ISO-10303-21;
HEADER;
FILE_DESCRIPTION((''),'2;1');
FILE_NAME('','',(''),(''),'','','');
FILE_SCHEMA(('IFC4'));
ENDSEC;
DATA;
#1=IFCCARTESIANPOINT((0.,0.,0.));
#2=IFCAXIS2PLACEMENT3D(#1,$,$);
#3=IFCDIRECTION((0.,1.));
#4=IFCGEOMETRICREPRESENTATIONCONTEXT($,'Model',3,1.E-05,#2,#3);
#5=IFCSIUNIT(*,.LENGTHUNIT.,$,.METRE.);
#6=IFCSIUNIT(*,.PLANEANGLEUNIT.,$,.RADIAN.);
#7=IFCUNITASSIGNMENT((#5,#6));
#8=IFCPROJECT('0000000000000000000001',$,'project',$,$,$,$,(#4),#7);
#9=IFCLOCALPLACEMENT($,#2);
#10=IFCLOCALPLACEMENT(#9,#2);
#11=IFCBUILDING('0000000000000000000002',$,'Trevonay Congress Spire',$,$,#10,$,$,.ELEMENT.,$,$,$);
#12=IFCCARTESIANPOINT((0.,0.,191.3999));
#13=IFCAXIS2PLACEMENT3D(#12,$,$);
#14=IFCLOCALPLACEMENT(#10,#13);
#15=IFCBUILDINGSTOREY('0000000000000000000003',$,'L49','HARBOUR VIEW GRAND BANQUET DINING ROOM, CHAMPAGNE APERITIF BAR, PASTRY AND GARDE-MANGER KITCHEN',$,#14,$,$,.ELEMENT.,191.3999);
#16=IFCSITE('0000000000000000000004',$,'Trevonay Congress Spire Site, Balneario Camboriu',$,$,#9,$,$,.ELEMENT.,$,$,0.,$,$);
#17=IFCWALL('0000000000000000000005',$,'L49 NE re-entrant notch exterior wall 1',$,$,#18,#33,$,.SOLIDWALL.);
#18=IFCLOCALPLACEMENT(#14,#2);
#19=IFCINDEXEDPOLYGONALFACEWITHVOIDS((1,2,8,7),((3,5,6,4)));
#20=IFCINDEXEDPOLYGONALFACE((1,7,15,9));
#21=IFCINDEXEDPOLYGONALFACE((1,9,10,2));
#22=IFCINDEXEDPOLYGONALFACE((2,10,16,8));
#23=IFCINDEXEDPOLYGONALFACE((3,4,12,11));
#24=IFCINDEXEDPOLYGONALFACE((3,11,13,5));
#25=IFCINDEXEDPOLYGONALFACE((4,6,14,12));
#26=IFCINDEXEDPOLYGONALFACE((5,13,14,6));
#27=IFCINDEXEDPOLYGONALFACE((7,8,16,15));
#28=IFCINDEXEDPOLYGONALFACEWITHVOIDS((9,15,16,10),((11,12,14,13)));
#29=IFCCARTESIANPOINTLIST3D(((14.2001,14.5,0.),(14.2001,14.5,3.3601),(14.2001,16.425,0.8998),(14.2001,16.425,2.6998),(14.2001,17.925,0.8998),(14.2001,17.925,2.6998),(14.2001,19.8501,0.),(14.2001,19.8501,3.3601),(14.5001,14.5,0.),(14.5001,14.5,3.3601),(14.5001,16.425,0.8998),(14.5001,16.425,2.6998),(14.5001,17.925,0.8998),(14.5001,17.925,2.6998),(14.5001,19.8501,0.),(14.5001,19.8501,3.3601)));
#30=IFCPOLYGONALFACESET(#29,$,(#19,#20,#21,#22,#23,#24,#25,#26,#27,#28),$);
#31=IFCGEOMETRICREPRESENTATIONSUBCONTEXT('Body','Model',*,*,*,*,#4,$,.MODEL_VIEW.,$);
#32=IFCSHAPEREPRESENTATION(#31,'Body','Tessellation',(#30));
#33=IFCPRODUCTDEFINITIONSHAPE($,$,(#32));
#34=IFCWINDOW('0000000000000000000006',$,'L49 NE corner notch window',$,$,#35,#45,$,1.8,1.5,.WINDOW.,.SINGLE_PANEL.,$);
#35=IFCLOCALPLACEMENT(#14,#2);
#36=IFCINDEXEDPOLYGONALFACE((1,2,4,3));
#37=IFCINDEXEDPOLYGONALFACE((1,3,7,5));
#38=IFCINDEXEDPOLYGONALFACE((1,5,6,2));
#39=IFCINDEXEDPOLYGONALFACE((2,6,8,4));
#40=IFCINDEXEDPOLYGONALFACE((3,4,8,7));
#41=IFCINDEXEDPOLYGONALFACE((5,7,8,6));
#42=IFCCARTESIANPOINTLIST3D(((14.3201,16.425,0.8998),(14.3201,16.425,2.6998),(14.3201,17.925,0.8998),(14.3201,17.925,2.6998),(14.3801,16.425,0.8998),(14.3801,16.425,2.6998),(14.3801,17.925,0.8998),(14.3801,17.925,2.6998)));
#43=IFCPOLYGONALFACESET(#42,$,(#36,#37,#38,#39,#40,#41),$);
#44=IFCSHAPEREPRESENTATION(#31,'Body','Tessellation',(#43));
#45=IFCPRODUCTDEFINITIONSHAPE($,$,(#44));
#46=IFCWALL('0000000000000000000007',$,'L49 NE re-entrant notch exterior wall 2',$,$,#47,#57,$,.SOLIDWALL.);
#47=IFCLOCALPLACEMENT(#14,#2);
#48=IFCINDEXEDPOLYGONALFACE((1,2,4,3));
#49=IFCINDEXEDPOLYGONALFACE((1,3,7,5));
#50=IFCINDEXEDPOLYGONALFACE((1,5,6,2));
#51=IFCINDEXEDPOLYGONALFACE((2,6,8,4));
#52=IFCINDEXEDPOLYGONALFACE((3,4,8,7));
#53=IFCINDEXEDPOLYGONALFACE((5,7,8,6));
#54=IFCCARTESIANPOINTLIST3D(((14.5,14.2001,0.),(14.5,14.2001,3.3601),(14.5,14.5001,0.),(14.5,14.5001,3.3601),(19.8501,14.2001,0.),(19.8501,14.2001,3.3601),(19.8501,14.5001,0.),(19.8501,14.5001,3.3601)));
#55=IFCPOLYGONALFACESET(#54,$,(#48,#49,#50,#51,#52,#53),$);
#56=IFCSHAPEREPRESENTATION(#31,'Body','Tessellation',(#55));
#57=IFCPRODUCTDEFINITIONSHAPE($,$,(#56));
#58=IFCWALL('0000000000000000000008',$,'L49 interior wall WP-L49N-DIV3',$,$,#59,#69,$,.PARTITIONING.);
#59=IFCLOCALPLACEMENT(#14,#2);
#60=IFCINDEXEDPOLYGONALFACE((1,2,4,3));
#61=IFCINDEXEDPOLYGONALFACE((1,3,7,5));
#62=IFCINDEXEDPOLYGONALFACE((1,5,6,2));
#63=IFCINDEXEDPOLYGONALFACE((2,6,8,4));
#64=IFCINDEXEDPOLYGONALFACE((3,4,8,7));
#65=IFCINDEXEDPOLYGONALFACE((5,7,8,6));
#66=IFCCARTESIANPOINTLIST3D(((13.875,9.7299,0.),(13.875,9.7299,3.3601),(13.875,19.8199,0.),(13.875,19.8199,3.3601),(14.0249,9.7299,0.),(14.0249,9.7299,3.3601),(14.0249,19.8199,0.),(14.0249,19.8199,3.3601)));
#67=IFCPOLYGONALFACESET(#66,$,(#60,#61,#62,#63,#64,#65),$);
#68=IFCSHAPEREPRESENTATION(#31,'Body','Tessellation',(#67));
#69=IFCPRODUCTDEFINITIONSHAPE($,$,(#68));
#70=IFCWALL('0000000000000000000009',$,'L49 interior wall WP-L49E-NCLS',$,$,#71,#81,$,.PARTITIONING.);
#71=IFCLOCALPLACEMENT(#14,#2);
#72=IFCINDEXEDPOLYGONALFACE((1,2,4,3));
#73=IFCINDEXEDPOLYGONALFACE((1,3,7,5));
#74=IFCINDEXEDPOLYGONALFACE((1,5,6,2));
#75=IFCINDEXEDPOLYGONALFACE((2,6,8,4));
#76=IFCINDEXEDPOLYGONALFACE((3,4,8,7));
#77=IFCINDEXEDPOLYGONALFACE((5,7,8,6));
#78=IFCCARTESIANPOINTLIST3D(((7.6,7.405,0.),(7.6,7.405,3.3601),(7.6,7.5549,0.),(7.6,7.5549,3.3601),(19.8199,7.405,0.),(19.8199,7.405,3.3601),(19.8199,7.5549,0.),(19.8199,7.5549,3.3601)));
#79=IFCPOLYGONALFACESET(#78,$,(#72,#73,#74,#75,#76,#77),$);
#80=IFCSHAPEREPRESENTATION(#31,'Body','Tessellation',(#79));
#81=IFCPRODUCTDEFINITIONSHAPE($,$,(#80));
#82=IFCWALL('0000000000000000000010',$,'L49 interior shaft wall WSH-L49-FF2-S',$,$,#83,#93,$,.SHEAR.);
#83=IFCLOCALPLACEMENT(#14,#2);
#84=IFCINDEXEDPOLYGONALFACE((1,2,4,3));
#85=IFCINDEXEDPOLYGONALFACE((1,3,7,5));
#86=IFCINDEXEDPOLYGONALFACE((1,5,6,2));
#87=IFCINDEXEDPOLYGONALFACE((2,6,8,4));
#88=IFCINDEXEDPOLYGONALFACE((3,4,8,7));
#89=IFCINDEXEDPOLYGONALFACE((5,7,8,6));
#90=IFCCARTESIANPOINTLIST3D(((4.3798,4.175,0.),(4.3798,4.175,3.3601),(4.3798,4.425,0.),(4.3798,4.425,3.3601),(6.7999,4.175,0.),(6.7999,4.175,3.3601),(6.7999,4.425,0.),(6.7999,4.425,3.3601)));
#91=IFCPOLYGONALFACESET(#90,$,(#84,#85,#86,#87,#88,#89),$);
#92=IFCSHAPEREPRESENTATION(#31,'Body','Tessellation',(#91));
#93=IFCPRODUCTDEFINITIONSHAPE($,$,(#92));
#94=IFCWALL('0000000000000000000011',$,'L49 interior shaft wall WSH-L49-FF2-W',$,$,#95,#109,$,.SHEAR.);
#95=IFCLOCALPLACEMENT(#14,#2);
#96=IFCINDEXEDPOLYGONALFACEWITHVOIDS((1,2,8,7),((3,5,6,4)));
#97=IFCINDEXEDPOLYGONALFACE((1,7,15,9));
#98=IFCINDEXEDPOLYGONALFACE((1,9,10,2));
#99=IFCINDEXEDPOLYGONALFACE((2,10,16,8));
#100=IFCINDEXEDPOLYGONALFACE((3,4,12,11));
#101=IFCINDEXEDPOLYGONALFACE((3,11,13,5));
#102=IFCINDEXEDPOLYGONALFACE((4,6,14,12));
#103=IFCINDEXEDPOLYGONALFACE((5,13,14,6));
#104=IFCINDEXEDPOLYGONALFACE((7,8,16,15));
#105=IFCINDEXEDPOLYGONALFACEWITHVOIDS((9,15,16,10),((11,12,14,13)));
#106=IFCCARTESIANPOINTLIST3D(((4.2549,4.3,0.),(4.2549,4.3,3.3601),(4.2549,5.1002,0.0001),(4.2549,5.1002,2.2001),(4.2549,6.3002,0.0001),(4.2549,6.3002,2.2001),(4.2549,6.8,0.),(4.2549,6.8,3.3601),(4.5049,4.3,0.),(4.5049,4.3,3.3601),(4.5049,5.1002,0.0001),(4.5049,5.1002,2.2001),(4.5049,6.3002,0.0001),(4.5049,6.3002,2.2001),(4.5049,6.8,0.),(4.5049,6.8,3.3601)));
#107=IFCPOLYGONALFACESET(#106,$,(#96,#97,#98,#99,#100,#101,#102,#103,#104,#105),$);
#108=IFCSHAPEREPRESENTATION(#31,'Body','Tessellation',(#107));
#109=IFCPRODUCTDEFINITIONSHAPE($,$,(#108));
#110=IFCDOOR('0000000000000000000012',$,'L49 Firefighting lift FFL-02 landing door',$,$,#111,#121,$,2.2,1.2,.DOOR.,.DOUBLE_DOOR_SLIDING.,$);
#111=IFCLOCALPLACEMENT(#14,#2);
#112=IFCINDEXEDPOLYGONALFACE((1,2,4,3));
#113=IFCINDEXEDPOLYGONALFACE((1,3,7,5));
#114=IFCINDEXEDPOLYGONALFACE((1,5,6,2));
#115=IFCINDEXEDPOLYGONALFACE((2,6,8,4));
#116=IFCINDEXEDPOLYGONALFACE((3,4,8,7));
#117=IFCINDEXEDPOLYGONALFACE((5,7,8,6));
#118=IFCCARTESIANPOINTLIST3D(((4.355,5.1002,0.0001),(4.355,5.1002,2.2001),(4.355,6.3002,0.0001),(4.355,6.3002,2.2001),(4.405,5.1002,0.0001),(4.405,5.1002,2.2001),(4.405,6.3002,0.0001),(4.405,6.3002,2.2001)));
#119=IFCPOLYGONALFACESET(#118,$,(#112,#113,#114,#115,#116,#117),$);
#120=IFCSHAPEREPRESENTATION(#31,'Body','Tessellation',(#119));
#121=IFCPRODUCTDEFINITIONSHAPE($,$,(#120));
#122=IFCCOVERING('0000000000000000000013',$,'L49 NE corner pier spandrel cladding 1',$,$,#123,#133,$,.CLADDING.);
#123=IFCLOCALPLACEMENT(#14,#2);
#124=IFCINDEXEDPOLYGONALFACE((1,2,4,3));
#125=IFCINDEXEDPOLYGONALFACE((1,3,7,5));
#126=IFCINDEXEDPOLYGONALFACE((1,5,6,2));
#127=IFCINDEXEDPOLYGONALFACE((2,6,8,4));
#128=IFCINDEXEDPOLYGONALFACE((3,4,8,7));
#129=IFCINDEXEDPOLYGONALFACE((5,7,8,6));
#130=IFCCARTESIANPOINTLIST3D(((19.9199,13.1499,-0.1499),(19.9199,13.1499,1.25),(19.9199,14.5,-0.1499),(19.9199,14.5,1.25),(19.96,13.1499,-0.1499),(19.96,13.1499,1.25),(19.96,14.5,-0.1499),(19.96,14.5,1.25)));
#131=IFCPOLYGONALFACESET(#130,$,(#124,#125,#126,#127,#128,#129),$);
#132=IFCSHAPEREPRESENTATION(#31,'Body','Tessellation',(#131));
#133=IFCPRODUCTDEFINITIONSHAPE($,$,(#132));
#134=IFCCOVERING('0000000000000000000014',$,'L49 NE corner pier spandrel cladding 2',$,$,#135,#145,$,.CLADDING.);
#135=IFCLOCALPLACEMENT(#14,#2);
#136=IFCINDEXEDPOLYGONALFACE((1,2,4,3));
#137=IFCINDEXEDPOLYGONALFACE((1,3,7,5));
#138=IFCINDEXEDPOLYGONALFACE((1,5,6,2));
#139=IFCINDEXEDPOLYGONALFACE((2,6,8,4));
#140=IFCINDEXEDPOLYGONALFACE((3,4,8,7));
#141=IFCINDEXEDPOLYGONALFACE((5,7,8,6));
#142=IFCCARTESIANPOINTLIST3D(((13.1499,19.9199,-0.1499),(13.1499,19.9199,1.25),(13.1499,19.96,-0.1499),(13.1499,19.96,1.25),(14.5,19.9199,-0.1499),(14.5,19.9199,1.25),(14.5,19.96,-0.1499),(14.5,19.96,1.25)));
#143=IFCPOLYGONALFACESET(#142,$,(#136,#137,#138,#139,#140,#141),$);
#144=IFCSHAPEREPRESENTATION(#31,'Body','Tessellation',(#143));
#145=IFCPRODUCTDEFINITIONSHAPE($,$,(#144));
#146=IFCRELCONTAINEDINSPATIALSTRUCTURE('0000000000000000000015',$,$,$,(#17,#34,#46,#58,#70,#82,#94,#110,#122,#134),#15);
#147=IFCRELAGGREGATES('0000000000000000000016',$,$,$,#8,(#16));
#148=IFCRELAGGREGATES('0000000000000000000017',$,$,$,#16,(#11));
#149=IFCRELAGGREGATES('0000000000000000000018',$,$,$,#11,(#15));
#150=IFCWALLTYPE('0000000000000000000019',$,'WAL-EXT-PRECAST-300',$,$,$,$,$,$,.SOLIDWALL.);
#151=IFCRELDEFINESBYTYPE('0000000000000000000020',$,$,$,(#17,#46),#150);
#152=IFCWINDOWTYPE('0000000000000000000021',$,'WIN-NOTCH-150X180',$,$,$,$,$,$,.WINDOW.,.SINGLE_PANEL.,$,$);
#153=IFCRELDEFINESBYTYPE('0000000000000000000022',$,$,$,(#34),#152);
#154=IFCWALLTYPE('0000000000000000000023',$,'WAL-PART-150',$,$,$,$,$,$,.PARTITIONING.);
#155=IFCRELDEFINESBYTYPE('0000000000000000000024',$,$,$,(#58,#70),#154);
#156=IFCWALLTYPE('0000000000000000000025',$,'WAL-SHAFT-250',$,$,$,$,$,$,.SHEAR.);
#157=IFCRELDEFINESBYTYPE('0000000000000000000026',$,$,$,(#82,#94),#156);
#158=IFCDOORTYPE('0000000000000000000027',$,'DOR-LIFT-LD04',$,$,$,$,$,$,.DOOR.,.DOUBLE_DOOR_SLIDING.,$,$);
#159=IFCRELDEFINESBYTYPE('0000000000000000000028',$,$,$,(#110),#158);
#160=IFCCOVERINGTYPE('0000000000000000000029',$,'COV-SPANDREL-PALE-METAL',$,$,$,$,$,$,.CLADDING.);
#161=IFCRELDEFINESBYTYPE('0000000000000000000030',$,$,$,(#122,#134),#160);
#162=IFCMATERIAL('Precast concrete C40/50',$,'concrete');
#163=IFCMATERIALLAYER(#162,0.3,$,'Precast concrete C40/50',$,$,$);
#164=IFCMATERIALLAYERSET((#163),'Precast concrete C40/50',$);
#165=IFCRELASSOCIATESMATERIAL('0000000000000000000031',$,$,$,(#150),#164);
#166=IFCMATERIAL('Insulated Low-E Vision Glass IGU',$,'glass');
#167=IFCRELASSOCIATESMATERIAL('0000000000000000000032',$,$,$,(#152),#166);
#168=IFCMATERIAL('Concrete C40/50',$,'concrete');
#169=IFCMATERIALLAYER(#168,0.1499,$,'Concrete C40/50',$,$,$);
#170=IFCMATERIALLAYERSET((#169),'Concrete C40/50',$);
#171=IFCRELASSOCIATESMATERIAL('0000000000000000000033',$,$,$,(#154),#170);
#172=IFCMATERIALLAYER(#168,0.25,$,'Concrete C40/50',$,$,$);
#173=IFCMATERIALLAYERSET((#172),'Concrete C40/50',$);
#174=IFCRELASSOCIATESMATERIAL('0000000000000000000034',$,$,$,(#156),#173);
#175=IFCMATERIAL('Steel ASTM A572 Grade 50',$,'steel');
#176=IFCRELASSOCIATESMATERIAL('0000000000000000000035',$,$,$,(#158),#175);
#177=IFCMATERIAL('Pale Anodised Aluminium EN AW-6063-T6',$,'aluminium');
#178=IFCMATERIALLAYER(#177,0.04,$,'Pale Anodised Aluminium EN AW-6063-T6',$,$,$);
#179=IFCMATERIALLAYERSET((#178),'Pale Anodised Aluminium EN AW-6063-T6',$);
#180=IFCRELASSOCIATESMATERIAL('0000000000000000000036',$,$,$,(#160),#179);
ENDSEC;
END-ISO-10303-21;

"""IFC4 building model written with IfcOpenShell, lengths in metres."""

from ifc_helpers import new_model, si_unit, direction, frame, frame_2d, origin, place, context, subcontext, project, spatial, rectangle, extrude, material, layer, layer_set, type_object, element, fill, save


model = new_model("IFC4")

# Units and contexts
model_context = context("Model", 3, precision=1e-05, world=origin(), true_north=direction((0.0, 1.0)))
body_context = subcontext(model_context, "Body", "Model", "MODEL_VIEW")
ifc_project = project(units=[si_unit("LENGTHUNIT", "METRE"), si_unit("PLANEANGLEUNIT", "RADIAN")], contexts=[model_context])

# Site, building, storey
site_placement = place(None, origin())
site = spatial("IfcSite", under=ifc_project, at=site_placement, Name="Trevonay Congress Spire Site, Balneario Camboriu", CompositionType="ELEMENT", RefElevation=0.0)
building_placement = place(site_placement, origin())
building = spatial("IfcBuilding", under=site, at=building_placement, Name="Trevonay Congress Spire", CompositionType="ELEMENT")
storey_placement = place(building_placement, frame((0.0, 0.0, 191.3999)))
storey = spatial("IfcBuildingStorey", under=building, at=storey_placement, Name="L49", Description="HARBOUR VIEW GRAND BANQUET DINING ROOM, CHAMPAGNE APERITIF BAR, PASTRY AND GARDE-MANGER KITCHEN", CompositionType="ELEMENT", Elevation=191.3999)

# Shared definitions
ifc_material_1 = material(Name="Steel ASTM A572 Grade 50", Category="steel")

# Shared definitions
ifc_material_2 = material(Name="Pale Anodised Aluminium EN AW-6063-T6", Category="aluminium")

# Shared definitions
ifc_material_3 = material(Name="Insulated Low-E Vision Glass IGU", Category="glass")

# Shared definitions
ifc_material_4 = material(Name="Precast concrete C40/50", Category="concrete")
ifc_layer_1 = layer(ifc_material_4, 0.3, Name="Precast concrete C40/50")
ifc_layer_set_1 = layer_set([ifc_layer_1], Name="Precast concrete C40/50")
wall_type_1 = type_object("IfcWallType", Name="WAL-EXT-PRECAST-300", PredefinedType="SOLIDWALL", material=ifc_layer_set_1)

# Wall, opening, window
wall_1_placement = place(storey_placement, frame((14.3501, 19.8501, 0.0), z_axis=(0.0, 0.0, 1.0), x_axis=(0.0, -1.0, 0.0)))
wall_1 = element("IfcWall", 1, at=wall_1_placement, inside=storey, type_object=wall_type_1, Name="L49 NE re-entrant notch exterior wall 1", PredefinedType="SOLIDWALL", context=body_context, shape_type="SweptSolid", body=[
    extrude(rectangle(XDim=5.3501, YDim=0.3, at=frame_2d((2.675, 0.0))), origin(), (0.0, 0.0, 1.0), 3.3601),
])
opening_1_placement = place(wall_1_placement, frame((1.925, 0.0, 0.8999)))
opening_1 = element("IfcOpeningElement", 2, at=opening_1_placement, cuts=wall_1, PredefinedType="OPENING", context=body_context, shape_type="SweptSolid", body=[
    extrude(rectangle(XDim=1.5, YDim=1.8, at=frame_2d((0.75, 0.8999))), frame((0.0, 0.1602, 0.0), z_axis=(0.0, -1.0, 0.0), x_axis=(1.0, 0.0, 0.0)), (0.0, 0.0, 1.0), 0.3201),
])
window_type = type_object("IfcWindowType", Name="WIN-NOTCH-150X180", PartitioningType="SINGLE_PANEL", PredefinedType="WINDOW", material=ifc_material_3)
window_placement = place(opening_1_placement, origin())
window = element("IfcWindow", 3, at=window_placement, inside=storey, type_object=window_type, Name="L49 NE corner notch window", OverallHeight=1.8, OverallWidth=1.5, PartitioningType="SINGLE_PANEL", PredefinedType="WINDOW", context=body_context, shape_type="SweptSolid", body=[
    extrude(rectangle(XDim=1.5, YDim=1.8, at=frame_2d((0.75, 0.8999))), frame((0.0, 0.03, 0.0), z_axis=(0.0, -1.0, 0.0), x_axis=(1.0, 0.0, 0.0)), (0.0, 0.0, 1.0), 0.0601),
])
fill(opening_1, window)

# Walls
wall_2_placement = place(storey_placement, frame((19.8501, 14.3501, 0.0), z_axis=(0.0, 0.0, 1.0), x_axis=(-1.0, 0.0, 0.0)))
element("IfcWall", 4, at=wall_2_placement, inside=storey, type_object=wall_type_1, Name="L49 NE re-entrant notch exterior wall 2", PredefinedType="SOLIDWALL", context=body_context, shape_type="SweptSolid", body=[
    extrude(rectangle(XDim=5.3501, YDim=0.3, at=frame_2d((2.675, 0.0))), origin(), (0.0, 0.0, 1.0), 3.3601),
])
ifc_material_5 = material(Name="Concrete C40/50", Category="concrete")
ifc_layer_2 = layer(ifc_material_5, 0.1499, Name="Concrete C40/50")
ifc_layer_set_2 = layer_set([ifc_layer_2], Name="Concrete C40/50")
wall_type_2 = type_object("IfcWallType", Name="WAL-PART-150", PredefinedType="PARTITIONING", material=ifc_layer_set_2)
wall_3_placement = place(storey_placement, frame((13.95, 9.73, 0.0), z_axis=(0.0, 0.0, 1.0), x_axis=(0.0, 1.0, 0.0)))
element("IfcWall", 5, at=wall_3_placement, inside=storey, type_object=wall_type_2, Name="L49 interior wall WP-L49N-DIV3", PredefinedType="PARTITIONING", context=body_context, shape_type="SweptSolid", body=[
    extrude(rectangle(XDim=10.0901, YDim=0.1499, at=frame_2d((5.0449, 0.0))), origin(), (0.0, 0.0, 1.0), 3.3601),
])
wall_4_placement = place(storey_placement, frame((7.6001, 7.48, 0.0), z_axis=(0.0, 0.0, 1.0), x_axis=(1.0, 0.0, 0.0)))
element("IfcWall", 6, at=wall_4_placement, inside=storey, type_object=wall_type_2, Name="L49 interior wall WP-L49E-NCLS", PredefinedType="PARTITIONING", context=body_context, shape_type="SweptSolid", body=[
    extrude(rectangle(XDim=12.22, YDim=0.1499, at=frame_2d((6.1099, 0.0))), origin(), (0.0, 0.0, 1.0), 3.3601),
])
ifc_layer_3 = layer(ifc_material_5, 0.25, Name="Concrete C40/50")
ifc_layer_set_3 = layer_set([ifc_layer_3], Name="Concrete C40/50")
wall_type_3 = type_object("IfcWallType", Name="WAL-SHAFT-250", PredefinedType="SHEAR", material=ifc_layer_set_3)
wall_5_placement = place(storey_placement, frame((4.3799, 4.3, 0.0), z_axis=(0.0, 0.0, 1.0), x_axis=(1.0, 0.0, 0.0)))
element("IfcWall", 7, at=wall_5_placement, inside=storey, type_object=wall_type_3, Name="L49 interior shaft wall WSH-L49-FF2-S", PredefinedType="SHEAR", context=body_context, shape_type="SweptSolid", body=[
    extrude(rectangle(XDim=2.4202, YDim=0.25, at=frame_2d((1.21, 0.0))), origin(), (0.0, 0.0, 1.0), 3.3601),
])

# Wall, opening, door
wall_6_placement = place(storey_placement, frame((4.3799, 4.3, 0.0), z_axis=(0.0, 0.0, 1.0), x_axis=(0.0, 1.0, 0.0)))
wall_6 = element("IfcWall", 8, at=wall_6_placement, inside=storey, type_object=wall_type_3, Name="L49 interior shaft wall WSH-L49-FF2-W", PredefinedType="SHEAR", context=body_context, shape_type="SweptSolid", body=[
    extrude(rectangle(XDim=2.5, YDim=0.25, at=frame_2d((1.25, 0.0))), origin(), (0.0, 0.0, 1.0), 3.3601),
])
opening_2_placement = place(wall_6_placement, frame((0.8, 0.0, 0.0)))
opening_2 = element("IfcOpeningElement", 9, at=opening_2_placement, cuts=wall_6, PredefinedType="OPENING", context=body_context, shape_type="SweptSolid", body=[
    extrude(rectangle(XDim=1.2, YDim=2.2, at=frame_2d((0.6001, 1.1001))), frame((0.0, 0.135, 0.0), z_axis=(0.0, -1.0, 0.0), x_axis=(1.0, 0.0, 0.0)), (0.0, 0.0, 1.0), 0.27),
])
door_type = type_object("IfcDoorType", Name="DOR-LIFT-LD04", OperationType="DOUBLE_DOOR_SLIDING", PredefinedType="DOOR", material=ifc_material_1)
door_placement = place(opening_2_placement, origin())
door = element("IfcDoor", 10, at=door_placement, inside=storey, type_object=door_type, Name="L49 Firefighting lift FFL-02 landing door", OperationType="DOUBLE_DOOR_SLIDING", OverallHeight=2.2, OverallWidth=1.2, PredefinedType="DOOR", context=body_context, shape_type="SweptSolid", body=[
    extrude(rectangle(XDim=1.2, YDim=2.2, at=frame_2d((0.6001, 1.1001))), frame((0.0, 0.0249, 0.0), z_axis=(0.0, -1.0, 0.0), x_axis=(1.0, 0.0, 0.0)), (0.0, 0.0, 1.0), 0.05),
])
fill(opening_2, door)

# Coverings
ifc_layer_4 = layer(ifc_material_2, 0.04, Name="Pale Anodised Aluminium EN AW-6063-T6")
ifc_layer_set_4 = layer_set([ifc_layer_4], Name="Pale Anodised Aluminium EN AW-6063-T6")
covering_type = type_object("IfcCoveringType", Name="COV-SPANDREL-PALE-METAL", PredefinedType="CLADDING", material=ifc_layer_set_4)
for number, where, z_axis, x_axis, name in (
    (11, (19.9399, 13.1499, -0.1499), (0.0, 0.0, 1.0), (0.0, 1.0, 0.0), "L49 NE corner pier spandrel cladding 1"),
    (12, (13.1499, 19.9399, -0.1499), (0.0, 0.0, 1.0), (1.0, 0.0, 0.0), "L49 NE corner pier spandrel cladding 2"),
):
    element("IfcCovering", number, at=place(storey_placement, frame(where, z_axis=z_axis, x_axis=x_axis)), inside=storey, type_object=covering_type, Name=name, PredefinedType="CLADDING", context=body_context, shape_type="SweptSolid", body=[
        extrude(rectangle(XDim=1.3501, YDim=0.04, at=frame_2d((0.675, 0.0))), origin(), (0.0, 0.0, 1.0), 1.3999),
    ])

save(model, "model.ifc")
